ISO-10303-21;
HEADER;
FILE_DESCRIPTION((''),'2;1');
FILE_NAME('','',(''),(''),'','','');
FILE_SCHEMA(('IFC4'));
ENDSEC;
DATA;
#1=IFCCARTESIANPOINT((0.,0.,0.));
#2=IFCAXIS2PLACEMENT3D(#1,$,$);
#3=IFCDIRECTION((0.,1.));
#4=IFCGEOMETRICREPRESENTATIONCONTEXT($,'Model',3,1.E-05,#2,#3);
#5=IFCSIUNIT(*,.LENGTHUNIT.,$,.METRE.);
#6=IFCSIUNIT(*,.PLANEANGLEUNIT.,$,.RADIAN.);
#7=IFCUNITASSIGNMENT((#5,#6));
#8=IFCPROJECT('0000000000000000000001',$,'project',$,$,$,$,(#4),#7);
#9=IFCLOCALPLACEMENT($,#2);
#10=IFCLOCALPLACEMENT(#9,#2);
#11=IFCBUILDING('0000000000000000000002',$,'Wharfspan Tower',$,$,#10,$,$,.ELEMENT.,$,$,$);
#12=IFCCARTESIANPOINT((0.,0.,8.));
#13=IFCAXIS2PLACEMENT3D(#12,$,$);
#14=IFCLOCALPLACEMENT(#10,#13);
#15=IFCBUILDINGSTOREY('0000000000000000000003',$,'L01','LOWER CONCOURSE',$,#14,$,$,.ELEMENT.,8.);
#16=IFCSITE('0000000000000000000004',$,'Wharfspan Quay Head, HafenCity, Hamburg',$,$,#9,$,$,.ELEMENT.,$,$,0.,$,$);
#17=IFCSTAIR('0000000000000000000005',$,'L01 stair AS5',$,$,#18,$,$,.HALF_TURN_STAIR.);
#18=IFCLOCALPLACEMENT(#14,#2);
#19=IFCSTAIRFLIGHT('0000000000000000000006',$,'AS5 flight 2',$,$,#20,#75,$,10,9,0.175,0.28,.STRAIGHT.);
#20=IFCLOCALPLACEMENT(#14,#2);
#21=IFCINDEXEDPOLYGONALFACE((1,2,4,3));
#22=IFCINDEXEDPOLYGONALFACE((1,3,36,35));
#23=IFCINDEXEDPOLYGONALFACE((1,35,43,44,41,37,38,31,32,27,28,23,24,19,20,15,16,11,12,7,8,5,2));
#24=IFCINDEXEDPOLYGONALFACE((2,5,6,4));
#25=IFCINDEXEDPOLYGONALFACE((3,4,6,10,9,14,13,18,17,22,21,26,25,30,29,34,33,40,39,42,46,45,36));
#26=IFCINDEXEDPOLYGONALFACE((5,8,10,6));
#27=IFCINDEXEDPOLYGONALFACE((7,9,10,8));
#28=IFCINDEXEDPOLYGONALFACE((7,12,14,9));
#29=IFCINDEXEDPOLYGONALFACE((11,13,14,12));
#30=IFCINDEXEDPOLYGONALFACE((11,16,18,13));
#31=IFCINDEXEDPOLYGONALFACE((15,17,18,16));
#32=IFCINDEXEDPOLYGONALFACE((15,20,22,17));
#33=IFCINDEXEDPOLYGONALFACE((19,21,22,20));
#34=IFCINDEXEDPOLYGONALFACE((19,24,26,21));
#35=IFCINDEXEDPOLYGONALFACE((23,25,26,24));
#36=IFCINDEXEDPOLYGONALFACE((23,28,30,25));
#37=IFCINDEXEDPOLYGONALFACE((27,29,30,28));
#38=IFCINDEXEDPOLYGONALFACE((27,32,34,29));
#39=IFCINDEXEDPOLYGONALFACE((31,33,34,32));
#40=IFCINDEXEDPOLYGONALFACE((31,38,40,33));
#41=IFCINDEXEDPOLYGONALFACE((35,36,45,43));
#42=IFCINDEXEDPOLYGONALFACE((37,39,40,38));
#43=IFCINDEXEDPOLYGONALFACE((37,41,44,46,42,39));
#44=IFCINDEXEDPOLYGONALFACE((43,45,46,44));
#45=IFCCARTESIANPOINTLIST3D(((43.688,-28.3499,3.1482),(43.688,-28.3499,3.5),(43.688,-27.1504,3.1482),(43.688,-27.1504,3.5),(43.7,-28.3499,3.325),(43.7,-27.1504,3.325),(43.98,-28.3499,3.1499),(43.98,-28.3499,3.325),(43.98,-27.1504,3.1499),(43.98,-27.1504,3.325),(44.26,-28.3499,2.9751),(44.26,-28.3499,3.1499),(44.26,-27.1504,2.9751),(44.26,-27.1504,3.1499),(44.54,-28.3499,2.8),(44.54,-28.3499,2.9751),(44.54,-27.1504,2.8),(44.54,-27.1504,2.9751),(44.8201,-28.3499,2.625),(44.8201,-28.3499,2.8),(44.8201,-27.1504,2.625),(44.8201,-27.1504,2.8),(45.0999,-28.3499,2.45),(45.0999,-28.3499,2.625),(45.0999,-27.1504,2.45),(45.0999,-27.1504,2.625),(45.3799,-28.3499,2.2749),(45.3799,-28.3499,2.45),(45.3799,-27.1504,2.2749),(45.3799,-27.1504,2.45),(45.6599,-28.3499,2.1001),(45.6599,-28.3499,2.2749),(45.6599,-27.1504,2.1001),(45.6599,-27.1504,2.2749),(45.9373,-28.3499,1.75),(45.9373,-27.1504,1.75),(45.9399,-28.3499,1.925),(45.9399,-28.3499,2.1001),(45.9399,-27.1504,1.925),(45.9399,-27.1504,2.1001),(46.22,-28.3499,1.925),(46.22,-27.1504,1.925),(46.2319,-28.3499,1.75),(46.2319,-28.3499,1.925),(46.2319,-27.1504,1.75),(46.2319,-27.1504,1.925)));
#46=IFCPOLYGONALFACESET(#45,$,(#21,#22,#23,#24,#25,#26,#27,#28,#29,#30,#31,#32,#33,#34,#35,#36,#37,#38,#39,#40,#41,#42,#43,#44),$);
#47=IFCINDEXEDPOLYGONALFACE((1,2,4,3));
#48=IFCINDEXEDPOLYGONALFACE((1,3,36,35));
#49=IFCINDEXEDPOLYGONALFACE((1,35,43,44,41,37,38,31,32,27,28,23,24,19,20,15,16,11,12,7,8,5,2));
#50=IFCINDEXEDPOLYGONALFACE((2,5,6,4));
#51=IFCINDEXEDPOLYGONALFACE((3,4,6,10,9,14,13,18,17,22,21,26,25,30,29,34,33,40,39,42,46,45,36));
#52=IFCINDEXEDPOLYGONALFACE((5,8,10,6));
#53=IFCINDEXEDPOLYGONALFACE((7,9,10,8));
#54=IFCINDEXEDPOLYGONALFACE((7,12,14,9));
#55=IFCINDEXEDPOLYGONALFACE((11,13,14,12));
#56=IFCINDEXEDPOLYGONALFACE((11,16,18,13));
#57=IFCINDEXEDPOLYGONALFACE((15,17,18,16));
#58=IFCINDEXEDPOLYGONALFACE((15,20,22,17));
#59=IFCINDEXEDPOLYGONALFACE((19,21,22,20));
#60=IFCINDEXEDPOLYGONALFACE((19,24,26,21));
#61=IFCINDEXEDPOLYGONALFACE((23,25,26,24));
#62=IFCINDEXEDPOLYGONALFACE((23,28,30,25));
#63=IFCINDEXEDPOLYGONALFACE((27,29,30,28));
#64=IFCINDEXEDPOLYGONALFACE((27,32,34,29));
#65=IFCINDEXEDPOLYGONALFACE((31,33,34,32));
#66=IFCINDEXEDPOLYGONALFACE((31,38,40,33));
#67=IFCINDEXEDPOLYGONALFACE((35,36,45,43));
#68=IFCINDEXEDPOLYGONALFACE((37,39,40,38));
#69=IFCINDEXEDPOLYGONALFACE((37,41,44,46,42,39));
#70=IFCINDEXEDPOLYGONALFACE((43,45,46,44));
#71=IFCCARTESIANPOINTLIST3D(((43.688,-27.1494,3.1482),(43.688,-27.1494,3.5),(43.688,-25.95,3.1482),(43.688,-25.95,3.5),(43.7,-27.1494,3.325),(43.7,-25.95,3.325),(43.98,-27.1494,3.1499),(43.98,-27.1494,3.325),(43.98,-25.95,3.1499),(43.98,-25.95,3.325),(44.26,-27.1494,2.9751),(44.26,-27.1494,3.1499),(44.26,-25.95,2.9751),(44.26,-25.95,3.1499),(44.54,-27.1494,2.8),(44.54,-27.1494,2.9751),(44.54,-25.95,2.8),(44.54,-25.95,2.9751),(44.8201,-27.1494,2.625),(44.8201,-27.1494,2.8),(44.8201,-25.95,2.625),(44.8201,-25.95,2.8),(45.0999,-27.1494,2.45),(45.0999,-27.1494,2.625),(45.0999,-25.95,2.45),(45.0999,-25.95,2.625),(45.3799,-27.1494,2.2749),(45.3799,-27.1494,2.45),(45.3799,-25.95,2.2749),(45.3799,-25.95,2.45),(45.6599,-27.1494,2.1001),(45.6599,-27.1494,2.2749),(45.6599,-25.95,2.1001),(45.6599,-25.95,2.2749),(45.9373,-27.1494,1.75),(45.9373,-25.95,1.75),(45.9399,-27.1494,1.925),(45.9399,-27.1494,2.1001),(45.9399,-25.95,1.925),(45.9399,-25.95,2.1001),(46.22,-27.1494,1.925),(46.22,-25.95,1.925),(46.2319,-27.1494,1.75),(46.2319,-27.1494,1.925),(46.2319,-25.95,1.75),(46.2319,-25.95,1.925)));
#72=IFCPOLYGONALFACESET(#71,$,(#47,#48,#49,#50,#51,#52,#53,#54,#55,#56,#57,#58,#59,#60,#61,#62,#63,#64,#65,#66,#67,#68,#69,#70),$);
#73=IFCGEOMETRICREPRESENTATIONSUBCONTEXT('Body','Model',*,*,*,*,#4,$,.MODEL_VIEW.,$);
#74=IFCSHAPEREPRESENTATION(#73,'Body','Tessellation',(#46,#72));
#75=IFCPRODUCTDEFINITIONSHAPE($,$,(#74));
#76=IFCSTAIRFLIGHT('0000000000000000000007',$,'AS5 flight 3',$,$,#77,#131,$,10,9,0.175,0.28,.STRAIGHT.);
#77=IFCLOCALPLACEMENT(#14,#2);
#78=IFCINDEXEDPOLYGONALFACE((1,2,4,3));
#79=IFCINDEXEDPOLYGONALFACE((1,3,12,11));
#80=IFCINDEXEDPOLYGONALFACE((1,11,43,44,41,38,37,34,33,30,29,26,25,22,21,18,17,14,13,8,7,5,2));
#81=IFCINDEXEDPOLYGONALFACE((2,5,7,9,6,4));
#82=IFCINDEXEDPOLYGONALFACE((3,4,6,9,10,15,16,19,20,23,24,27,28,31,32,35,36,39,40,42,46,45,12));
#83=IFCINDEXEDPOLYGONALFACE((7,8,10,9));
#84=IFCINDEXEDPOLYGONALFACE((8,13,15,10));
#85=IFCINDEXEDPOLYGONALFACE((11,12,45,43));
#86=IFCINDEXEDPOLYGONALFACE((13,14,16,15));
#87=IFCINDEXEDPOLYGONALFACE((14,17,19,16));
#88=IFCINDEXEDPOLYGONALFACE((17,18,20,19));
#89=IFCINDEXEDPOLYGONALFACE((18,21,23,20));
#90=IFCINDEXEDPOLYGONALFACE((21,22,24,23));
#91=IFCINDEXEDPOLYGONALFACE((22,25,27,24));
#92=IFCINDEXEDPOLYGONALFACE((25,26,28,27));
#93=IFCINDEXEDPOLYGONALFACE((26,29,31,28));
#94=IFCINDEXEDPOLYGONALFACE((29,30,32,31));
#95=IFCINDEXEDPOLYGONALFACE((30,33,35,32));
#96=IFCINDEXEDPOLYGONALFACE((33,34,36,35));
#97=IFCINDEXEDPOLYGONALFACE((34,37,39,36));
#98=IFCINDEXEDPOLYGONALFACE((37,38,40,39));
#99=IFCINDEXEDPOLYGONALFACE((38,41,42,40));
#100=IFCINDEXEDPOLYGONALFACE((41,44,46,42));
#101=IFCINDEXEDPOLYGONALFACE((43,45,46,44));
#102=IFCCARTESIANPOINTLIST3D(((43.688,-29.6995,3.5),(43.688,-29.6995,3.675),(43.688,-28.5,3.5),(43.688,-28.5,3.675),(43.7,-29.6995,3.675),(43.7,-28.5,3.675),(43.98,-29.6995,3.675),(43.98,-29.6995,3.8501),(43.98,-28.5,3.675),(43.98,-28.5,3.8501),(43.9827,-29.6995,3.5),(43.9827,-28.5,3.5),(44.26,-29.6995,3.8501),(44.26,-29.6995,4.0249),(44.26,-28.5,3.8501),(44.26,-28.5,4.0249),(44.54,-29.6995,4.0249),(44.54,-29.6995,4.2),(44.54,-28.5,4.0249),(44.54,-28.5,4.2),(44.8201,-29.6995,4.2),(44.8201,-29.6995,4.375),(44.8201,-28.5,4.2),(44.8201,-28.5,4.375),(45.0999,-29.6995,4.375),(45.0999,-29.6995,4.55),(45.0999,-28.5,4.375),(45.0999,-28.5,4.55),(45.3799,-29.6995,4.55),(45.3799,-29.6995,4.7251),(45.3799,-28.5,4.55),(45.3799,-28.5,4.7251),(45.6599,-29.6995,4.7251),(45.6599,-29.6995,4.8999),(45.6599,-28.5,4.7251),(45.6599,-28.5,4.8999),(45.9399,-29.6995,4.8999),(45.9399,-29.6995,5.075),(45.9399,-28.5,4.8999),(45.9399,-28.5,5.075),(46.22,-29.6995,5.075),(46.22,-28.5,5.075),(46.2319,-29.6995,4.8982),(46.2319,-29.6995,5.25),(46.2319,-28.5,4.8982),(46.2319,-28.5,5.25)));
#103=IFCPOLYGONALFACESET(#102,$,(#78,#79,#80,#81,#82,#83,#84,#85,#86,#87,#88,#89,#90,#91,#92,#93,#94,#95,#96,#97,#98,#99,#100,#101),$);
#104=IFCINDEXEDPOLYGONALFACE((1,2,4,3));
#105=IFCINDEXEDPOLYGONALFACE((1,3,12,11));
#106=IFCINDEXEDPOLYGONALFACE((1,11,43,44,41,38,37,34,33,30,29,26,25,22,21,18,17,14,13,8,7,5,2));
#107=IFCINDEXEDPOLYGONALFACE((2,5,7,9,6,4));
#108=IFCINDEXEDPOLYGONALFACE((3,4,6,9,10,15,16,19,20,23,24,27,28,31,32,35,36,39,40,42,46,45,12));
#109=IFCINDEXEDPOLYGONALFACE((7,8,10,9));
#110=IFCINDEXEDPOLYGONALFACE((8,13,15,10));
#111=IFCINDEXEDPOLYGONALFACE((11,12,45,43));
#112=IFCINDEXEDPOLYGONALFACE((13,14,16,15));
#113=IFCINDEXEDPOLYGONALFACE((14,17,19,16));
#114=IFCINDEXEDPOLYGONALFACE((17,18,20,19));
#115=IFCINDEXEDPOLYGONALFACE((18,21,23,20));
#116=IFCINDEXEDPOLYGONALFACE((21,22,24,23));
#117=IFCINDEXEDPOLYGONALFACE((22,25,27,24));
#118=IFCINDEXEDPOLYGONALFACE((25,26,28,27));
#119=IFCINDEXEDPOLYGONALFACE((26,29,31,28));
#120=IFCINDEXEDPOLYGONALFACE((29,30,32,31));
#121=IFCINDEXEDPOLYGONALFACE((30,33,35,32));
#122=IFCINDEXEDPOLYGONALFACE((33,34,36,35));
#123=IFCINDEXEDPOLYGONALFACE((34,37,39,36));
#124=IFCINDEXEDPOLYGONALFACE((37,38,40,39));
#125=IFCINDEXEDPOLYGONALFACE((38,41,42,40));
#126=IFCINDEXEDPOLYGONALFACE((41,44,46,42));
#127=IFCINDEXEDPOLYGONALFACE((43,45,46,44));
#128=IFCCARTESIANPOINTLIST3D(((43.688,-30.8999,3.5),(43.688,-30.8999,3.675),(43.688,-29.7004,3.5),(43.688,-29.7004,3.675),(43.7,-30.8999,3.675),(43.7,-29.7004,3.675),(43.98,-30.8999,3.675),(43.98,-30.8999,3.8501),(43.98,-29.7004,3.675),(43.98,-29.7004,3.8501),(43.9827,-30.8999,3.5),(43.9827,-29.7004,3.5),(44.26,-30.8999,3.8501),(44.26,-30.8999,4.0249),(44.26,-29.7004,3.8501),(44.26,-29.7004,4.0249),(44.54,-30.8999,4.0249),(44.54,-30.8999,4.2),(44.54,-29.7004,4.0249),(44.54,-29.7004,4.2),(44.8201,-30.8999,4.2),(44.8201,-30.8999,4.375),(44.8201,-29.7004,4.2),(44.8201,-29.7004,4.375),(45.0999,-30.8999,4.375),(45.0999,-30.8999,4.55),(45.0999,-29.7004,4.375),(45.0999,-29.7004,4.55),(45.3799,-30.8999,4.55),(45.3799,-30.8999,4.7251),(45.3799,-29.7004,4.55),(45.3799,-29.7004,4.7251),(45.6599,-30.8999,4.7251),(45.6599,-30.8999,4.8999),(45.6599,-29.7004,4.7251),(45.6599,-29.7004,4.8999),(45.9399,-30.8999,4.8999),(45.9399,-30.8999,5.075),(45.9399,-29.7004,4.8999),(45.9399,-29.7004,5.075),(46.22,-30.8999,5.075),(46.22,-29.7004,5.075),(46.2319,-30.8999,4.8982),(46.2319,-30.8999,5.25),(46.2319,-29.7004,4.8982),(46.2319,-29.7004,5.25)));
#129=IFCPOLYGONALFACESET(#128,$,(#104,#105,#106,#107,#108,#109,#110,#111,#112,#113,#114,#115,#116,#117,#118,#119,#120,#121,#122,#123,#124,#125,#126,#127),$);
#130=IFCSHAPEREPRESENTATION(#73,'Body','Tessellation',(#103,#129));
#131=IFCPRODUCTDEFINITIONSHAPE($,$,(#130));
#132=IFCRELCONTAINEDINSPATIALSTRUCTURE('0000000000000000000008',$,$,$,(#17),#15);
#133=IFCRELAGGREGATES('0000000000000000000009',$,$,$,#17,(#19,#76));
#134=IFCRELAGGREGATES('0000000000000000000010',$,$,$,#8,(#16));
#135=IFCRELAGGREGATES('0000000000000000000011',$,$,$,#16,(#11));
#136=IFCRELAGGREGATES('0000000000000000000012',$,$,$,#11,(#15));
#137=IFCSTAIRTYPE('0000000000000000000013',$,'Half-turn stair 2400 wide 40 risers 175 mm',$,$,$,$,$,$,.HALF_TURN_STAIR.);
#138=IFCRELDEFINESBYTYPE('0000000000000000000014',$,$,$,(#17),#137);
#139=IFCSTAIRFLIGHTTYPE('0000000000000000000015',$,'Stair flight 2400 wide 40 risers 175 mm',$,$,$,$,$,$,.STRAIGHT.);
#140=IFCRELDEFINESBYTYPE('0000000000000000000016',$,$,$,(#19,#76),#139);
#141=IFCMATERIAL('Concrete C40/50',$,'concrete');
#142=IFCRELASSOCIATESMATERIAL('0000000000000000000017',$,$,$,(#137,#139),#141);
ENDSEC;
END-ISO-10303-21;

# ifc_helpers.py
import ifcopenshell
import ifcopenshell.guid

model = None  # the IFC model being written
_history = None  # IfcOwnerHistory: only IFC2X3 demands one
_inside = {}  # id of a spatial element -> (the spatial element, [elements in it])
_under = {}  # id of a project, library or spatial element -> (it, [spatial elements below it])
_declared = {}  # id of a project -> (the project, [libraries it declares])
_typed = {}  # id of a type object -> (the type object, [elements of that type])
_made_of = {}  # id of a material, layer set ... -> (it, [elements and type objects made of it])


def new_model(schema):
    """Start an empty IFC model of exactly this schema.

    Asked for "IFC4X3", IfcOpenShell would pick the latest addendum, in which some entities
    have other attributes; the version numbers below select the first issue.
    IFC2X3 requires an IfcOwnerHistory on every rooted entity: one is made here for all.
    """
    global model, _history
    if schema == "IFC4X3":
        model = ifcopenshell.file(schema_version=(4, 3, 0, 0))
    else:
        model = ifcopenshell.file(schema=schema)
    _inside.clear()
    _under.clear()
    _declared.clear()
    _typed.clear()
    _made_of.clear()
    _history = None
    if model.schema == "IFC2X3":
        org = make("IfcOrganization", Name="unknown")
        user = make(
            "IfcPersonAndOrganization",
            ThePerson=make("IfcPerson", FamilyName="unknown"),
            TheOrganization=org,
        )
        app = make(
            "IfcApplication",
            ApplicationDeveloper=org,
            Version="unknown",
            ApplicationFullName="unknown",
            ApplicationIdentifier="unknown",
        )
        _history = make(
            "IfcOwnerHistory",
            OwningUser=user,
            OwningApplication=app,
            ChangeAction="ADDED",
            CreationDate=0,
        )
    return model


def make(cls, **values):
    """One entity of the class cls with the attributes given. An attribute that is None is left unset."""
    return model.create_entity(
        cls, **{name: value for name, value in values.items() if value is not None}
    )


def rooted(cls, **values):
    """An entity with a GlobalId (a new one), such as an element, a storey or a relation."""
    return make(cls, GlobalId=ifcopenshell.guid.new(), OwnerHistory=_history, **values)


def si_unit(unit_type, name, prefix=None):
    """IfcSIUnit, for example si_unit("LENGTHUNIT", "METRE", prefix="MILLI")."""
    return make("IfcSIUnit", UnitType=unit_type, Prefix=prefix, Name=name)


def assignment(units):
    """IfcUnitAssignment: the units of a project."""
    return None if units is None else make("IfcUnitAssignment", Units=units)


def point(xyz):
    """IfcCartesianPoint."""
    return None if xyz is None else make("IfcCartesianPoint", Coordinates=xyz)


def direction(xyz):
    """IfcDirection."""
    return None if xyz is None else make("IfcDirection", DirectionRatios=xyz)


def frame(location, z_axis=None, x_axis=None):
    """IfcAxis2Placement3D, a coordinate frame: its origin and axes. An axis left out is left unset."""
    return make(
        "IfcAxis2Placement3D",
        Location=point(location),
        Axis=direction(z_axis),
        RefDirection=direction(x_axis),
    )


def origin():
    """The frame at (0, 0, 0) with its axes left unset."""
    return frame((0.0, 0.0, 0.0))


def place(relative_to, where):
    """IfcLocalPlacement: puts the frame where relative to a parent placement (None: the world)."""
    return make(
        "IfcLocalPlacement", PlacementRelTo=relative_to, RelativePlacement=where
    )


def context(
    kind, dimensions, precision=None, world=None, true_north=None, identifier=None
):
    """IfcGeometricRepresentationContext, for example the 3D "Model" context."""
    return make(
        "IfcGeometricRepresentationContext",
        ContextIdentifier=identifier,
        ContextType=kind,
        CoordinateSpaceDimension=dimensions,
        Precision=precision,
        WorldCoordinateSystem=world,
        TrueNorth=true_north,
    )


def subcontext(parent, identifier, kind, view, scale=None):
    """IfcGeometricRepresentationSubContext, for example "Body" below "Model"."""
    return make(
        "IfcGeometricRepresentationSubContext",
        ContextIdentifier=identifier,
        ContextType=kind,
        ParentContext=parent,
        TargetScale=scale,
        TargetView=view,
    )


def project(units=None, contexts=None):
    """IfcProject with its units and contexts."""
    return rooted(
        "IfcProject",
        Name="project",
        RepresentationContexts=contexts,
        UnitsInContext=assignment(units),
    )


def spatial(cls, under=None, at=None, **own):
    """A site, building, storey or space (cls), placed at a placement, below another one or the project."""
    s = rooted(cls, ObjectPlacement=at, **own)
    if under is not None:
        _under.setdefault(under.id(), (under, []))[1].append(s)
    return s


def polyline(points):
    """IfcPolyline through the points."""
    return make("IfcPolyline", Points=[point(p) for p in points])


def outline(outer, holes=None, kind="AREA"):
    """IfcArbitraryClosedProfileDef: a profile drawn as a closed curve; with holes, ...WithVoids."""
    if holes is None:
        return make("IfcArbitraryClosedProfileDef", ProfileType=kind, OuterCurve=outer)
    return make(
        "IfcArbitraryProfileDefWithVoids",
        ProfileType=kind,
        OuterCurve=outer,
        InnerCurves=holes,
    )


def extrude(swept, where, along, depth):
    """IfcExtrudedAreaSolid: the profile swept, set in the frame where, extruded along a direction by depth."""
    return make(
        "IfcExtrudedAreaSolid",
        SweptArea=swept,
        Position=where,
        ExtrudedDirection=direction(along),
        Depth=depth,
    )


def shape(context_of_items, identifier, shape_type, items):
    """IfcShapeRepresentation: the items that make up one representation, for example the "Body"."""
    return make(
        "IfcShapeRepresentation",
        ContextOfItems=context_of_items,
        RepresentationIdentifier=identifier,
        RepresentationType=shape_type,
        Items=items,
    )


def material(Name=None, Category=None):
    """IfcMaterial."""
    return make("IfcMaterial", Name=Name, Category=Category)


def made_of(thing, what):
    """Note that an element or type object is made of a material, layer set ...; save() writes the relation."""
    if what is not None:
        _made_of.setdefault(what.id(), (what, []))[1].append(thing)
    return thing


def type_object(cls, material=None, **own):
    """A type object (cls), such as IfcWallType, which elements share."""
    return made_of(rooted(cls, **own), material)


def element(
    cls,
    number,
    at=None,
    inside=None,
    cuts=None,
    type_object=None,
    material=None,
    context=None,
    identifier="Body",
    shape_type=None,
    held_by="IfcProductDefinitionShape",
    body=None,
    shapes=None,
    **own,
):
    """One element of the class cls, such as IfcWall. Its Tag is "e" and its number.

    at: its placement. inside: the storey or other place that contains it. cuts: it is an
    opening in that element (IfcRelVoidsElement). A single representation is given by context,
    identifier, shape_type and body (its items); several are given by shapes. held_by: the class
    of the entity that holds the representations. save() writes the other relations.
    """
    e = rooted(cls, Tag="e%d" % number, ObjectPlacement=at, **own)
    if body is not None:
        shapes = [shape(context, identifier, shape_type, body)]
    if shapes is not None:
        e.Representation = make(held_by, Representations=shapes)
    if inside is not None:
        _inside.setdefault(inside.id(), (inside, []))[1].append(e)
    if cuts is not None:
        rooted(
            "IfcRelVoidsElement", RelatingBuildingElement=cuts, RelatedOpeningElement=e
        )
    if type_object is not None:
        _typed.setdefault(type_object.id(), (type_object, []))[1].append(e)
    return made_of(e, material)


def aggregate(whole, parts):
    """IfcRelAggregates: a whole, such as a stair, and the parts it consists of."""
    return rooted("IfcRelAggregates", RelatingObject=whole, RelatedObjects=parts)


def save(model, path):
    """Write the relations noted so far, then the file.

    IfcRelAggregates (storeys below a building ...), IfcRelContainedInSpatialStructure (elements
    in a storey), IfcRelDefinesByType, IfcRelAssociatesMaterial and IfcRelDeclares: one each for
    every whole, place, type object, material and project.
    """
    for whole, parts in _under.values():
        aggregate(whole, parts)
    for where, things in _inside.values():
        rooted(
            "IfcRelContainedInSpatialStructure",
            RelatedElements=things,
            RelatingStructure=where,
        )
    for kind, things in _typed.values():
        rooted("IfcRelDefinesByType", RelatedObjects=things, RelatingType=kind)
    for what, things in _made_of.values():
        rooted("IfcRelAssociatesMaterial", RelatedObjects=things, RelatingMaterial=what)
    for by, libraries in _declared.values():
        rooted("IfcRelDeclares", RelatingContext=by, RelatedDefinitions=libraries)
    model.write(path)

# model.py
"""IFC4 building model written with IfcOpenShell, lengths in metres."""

from ifc_helpers import new_model, si_unit, direction, frame, origin, place, context, subcontext, project, spatial, polyline, outline, extrude, material, type_object, element, aggregate, save


model = new_model("IFC4")

# Units and contexts
model_context = context("Model", 3, precision=1e-05, world=origin(), true_north=direction((0.0, 1.0)))
body_context = subcontext(model_context, "Body", "Model", "MODEL_VIEW")
ifc_project = project(units=[si_unit("LENGTHUNIT", "METRE"), si_unit("PLANEANGLEUNIT", "RADIAN")], contexts=[model_context])

# Site, building, storey
site_placement = place(None, origin())
site = spatial("IfcSite", under=ifc_project, at=site_placement, Name="Wharfspan Quay Head, HafenCity, Hamburg", CompositionType="ELEMENT", RefElevation=0.0)
building_placement = place(site_placement, origin())
building = spatial("IfcBuilding", under=site, at=building_placement, Name="Wharfspan Tower", CompositionType="ELEMENT")
storey_placement = place(building_placement, frame((0.0, 0.0, 8.0)))
storey = spatial("IfcBuildingStorey", under=building, at=storey_placement, Name="L01", Description="LOWER CONCOURSE", CompositionType="ELEMENT", Elevation=8.0)

# Shared definitions
ifc_material_1 = material(Name="Concrete C40/50", Category="concrete")

# Stair, stair flights
stair_type = type_object("IfcStairType", Name="Half-turn stair 2400 wide 40 risers 175 mm", PredefinedType="HALF_TURN_STAIR", material=ifc_material_1)
stair_placement = place(storey_placement, origin())
stair = element("IfcStair", 1, at=stair_placement, inside=storey, type_object=stair_type, Name="L01 stair AS5", PredefinedType="HALF_TURN_STAIR")
stair_flight_type = type_object("IfcStairFlightType", Name="Stair flight 2400 wide 40 risers 175 mm", PredefinedType="STRAIGHT", material=ifc_material_1)
stair_flight_1_placement = place(storey_placement, frame((46.22, -27.1499, 1.75), z_axis=(0.0, 0.0, 1.0), x_axis=(-1.0, 0.0, 0.0)))
stair_flight_1 = element("IfcStairFlight", 2, at=stair_flight_1_placement, type_object=stair_flight_type, Name="AS5 flight 2", NumberOfRisers=10, NumberOfTreads=9, PredefinedType="STRAIGHT", RiserHeight=0.175, TreadLength=0.28, context=body_context, shape_type="SweptSolid", body=[
    extrude(outline(polyline([(-0.012, 0.0), (-0.012, 0.175), (0.0, 0.175), (0.28, 0.175), (0.28, 0.3501), (0.5601, 0.3501), (0.5601, 0.5249), (0.8401, 0.5249), (0.8401, 0.7), (1.1201, 0.7), (1.1201, 0.875), (1.3999, 0.875), (1.3999, 1.05), (1.6799, 1.05), (1.6799, 1.2251), (1.96, 1.2251), (1.96, 1.3999), (2.24, 1.3999), (2.24, 1.575), (2.52, 1.575), (2.532, 1.75), (2.532, 1.3982), (0.2827, 0.0), (-0.012, 0.0)])), frame((0.0, 1.2, 0.0), z_axis=(0.0, -1.0, 0.0), x_axis=(1.0, 0.0, 0.0)), (0.0, 0.0, 1.0), 1.1995),
    extrude(outline(polyline([(-0.012, 0.0), (-0.012, 0.175), (0.0, 0.175), (0.28, 0.175), (0.28, 0.3501), (0.5601, 0.3501), (0.5601, 0.5249), (0.8401, 0.5249), (0.8401, 0.7), (1.1201, 0.7), (1.1201, 0.875), (1.3999, 0.875), (1.3999, 1.05), (1.6799, 1.05), (1.6799, 1.2251), (1.96, 1.2251), (1.96, 1.3999), (2.24, 1.3999), (2.24, 1.575), (2.52, 1.575), (2.532, 1.75), (2.532, 1.3982), (0.2827, 0.0), (-0.012, 0.0)])), frame((0.0, -0.0005, 0.0), z_axis=(0.0, -1.0, 0.0), x_axis=(1.0, 0.0, 0.0)), (0.0, 0.0, 1.0), 1.1995),
])
stair_flight_2_placement = place(storey_placement, frame((43.7, -29.7, 3.5), z_axis=(0.0, 0.0, 1.0), x_axis=(1.0, 0.0, 0.0)))
stair_flight_2 = element("IfcStairFlight", 3, at=stair_flight_2_placement, type_object=stair_flight_type, Name="AS5 flight 3", NumberOfRisers=10, NumberOfTreads=9, PredefinedType="STRAIGHT", RiserHeight=0.175, TreadLength=0.28, context=body_context, shape_type="SweptSolid", body=[
    extrude(outline(polyline([(-0.012, 0.0), (-0.012, 0.175), (0.0, 0.175), (0.28, 0.175), (0.28, 0.3501), (0.5601, 0.3501), (0.5601, 0.5249), (0.8401, 0.5249), (0.8401, 0.7), (1.1201, 0.7), (1.1201, 0.875), (1.3999, 0.875), (1.3999, 1.05), (1.6799, 1.05), (1.6799, 1.2251), (1.96, 1.2251), (1.96, 1.3999), (2.24, 1.3999), (2.24, 1.575), (2.52, 1.575), (2.532, 1.75), (2.532, 1.3982), (0.2827, 0.0), (-0.012, 0.0)])), frame((0.0, 1.2, 0.0), z_axis=(0.0, -1.0, 0.0), x_axis=(1.0, 0.0, 0.0)), (0.0, 0.0, 1.0), 1.1995),
    extrude(outline(polyline([(-0.012, 0.0), (-0.012, 0.175), (0.0, 0.175), (0.28, 0.175), (0.28, 0.3501), (0.5601, 0.3501), (0.5601, 0.5249), (0.8401, 0.5249), (0.8401, 0.7), (1.1201, 0.7), (1.1201, 0.875), (1.3999, 0.875), (1.3999, 1.05), (1.6799, 1.05), (1.6799, 1.2251), (1.96, 1.2251), (1.96, 1.3999), (2.24, 1.3999), (2.24, 1.575), (2.52, 1.575), (2.532, 1.75), (2.532, 1.3982), (0.2827, 0.0), (-0.012, 0.0)])), frame((0.0, -0.0005, 0.0), z_axis=(0.0, -1.0, 0.0), x_axis=(1.0, 0.0, 0.0)), (0.0, 0.0, 1.0), 1.1995),
])
aggregate(stair, [stair_flight_1, stair_flight_2])

save(model, "model.ifc")
